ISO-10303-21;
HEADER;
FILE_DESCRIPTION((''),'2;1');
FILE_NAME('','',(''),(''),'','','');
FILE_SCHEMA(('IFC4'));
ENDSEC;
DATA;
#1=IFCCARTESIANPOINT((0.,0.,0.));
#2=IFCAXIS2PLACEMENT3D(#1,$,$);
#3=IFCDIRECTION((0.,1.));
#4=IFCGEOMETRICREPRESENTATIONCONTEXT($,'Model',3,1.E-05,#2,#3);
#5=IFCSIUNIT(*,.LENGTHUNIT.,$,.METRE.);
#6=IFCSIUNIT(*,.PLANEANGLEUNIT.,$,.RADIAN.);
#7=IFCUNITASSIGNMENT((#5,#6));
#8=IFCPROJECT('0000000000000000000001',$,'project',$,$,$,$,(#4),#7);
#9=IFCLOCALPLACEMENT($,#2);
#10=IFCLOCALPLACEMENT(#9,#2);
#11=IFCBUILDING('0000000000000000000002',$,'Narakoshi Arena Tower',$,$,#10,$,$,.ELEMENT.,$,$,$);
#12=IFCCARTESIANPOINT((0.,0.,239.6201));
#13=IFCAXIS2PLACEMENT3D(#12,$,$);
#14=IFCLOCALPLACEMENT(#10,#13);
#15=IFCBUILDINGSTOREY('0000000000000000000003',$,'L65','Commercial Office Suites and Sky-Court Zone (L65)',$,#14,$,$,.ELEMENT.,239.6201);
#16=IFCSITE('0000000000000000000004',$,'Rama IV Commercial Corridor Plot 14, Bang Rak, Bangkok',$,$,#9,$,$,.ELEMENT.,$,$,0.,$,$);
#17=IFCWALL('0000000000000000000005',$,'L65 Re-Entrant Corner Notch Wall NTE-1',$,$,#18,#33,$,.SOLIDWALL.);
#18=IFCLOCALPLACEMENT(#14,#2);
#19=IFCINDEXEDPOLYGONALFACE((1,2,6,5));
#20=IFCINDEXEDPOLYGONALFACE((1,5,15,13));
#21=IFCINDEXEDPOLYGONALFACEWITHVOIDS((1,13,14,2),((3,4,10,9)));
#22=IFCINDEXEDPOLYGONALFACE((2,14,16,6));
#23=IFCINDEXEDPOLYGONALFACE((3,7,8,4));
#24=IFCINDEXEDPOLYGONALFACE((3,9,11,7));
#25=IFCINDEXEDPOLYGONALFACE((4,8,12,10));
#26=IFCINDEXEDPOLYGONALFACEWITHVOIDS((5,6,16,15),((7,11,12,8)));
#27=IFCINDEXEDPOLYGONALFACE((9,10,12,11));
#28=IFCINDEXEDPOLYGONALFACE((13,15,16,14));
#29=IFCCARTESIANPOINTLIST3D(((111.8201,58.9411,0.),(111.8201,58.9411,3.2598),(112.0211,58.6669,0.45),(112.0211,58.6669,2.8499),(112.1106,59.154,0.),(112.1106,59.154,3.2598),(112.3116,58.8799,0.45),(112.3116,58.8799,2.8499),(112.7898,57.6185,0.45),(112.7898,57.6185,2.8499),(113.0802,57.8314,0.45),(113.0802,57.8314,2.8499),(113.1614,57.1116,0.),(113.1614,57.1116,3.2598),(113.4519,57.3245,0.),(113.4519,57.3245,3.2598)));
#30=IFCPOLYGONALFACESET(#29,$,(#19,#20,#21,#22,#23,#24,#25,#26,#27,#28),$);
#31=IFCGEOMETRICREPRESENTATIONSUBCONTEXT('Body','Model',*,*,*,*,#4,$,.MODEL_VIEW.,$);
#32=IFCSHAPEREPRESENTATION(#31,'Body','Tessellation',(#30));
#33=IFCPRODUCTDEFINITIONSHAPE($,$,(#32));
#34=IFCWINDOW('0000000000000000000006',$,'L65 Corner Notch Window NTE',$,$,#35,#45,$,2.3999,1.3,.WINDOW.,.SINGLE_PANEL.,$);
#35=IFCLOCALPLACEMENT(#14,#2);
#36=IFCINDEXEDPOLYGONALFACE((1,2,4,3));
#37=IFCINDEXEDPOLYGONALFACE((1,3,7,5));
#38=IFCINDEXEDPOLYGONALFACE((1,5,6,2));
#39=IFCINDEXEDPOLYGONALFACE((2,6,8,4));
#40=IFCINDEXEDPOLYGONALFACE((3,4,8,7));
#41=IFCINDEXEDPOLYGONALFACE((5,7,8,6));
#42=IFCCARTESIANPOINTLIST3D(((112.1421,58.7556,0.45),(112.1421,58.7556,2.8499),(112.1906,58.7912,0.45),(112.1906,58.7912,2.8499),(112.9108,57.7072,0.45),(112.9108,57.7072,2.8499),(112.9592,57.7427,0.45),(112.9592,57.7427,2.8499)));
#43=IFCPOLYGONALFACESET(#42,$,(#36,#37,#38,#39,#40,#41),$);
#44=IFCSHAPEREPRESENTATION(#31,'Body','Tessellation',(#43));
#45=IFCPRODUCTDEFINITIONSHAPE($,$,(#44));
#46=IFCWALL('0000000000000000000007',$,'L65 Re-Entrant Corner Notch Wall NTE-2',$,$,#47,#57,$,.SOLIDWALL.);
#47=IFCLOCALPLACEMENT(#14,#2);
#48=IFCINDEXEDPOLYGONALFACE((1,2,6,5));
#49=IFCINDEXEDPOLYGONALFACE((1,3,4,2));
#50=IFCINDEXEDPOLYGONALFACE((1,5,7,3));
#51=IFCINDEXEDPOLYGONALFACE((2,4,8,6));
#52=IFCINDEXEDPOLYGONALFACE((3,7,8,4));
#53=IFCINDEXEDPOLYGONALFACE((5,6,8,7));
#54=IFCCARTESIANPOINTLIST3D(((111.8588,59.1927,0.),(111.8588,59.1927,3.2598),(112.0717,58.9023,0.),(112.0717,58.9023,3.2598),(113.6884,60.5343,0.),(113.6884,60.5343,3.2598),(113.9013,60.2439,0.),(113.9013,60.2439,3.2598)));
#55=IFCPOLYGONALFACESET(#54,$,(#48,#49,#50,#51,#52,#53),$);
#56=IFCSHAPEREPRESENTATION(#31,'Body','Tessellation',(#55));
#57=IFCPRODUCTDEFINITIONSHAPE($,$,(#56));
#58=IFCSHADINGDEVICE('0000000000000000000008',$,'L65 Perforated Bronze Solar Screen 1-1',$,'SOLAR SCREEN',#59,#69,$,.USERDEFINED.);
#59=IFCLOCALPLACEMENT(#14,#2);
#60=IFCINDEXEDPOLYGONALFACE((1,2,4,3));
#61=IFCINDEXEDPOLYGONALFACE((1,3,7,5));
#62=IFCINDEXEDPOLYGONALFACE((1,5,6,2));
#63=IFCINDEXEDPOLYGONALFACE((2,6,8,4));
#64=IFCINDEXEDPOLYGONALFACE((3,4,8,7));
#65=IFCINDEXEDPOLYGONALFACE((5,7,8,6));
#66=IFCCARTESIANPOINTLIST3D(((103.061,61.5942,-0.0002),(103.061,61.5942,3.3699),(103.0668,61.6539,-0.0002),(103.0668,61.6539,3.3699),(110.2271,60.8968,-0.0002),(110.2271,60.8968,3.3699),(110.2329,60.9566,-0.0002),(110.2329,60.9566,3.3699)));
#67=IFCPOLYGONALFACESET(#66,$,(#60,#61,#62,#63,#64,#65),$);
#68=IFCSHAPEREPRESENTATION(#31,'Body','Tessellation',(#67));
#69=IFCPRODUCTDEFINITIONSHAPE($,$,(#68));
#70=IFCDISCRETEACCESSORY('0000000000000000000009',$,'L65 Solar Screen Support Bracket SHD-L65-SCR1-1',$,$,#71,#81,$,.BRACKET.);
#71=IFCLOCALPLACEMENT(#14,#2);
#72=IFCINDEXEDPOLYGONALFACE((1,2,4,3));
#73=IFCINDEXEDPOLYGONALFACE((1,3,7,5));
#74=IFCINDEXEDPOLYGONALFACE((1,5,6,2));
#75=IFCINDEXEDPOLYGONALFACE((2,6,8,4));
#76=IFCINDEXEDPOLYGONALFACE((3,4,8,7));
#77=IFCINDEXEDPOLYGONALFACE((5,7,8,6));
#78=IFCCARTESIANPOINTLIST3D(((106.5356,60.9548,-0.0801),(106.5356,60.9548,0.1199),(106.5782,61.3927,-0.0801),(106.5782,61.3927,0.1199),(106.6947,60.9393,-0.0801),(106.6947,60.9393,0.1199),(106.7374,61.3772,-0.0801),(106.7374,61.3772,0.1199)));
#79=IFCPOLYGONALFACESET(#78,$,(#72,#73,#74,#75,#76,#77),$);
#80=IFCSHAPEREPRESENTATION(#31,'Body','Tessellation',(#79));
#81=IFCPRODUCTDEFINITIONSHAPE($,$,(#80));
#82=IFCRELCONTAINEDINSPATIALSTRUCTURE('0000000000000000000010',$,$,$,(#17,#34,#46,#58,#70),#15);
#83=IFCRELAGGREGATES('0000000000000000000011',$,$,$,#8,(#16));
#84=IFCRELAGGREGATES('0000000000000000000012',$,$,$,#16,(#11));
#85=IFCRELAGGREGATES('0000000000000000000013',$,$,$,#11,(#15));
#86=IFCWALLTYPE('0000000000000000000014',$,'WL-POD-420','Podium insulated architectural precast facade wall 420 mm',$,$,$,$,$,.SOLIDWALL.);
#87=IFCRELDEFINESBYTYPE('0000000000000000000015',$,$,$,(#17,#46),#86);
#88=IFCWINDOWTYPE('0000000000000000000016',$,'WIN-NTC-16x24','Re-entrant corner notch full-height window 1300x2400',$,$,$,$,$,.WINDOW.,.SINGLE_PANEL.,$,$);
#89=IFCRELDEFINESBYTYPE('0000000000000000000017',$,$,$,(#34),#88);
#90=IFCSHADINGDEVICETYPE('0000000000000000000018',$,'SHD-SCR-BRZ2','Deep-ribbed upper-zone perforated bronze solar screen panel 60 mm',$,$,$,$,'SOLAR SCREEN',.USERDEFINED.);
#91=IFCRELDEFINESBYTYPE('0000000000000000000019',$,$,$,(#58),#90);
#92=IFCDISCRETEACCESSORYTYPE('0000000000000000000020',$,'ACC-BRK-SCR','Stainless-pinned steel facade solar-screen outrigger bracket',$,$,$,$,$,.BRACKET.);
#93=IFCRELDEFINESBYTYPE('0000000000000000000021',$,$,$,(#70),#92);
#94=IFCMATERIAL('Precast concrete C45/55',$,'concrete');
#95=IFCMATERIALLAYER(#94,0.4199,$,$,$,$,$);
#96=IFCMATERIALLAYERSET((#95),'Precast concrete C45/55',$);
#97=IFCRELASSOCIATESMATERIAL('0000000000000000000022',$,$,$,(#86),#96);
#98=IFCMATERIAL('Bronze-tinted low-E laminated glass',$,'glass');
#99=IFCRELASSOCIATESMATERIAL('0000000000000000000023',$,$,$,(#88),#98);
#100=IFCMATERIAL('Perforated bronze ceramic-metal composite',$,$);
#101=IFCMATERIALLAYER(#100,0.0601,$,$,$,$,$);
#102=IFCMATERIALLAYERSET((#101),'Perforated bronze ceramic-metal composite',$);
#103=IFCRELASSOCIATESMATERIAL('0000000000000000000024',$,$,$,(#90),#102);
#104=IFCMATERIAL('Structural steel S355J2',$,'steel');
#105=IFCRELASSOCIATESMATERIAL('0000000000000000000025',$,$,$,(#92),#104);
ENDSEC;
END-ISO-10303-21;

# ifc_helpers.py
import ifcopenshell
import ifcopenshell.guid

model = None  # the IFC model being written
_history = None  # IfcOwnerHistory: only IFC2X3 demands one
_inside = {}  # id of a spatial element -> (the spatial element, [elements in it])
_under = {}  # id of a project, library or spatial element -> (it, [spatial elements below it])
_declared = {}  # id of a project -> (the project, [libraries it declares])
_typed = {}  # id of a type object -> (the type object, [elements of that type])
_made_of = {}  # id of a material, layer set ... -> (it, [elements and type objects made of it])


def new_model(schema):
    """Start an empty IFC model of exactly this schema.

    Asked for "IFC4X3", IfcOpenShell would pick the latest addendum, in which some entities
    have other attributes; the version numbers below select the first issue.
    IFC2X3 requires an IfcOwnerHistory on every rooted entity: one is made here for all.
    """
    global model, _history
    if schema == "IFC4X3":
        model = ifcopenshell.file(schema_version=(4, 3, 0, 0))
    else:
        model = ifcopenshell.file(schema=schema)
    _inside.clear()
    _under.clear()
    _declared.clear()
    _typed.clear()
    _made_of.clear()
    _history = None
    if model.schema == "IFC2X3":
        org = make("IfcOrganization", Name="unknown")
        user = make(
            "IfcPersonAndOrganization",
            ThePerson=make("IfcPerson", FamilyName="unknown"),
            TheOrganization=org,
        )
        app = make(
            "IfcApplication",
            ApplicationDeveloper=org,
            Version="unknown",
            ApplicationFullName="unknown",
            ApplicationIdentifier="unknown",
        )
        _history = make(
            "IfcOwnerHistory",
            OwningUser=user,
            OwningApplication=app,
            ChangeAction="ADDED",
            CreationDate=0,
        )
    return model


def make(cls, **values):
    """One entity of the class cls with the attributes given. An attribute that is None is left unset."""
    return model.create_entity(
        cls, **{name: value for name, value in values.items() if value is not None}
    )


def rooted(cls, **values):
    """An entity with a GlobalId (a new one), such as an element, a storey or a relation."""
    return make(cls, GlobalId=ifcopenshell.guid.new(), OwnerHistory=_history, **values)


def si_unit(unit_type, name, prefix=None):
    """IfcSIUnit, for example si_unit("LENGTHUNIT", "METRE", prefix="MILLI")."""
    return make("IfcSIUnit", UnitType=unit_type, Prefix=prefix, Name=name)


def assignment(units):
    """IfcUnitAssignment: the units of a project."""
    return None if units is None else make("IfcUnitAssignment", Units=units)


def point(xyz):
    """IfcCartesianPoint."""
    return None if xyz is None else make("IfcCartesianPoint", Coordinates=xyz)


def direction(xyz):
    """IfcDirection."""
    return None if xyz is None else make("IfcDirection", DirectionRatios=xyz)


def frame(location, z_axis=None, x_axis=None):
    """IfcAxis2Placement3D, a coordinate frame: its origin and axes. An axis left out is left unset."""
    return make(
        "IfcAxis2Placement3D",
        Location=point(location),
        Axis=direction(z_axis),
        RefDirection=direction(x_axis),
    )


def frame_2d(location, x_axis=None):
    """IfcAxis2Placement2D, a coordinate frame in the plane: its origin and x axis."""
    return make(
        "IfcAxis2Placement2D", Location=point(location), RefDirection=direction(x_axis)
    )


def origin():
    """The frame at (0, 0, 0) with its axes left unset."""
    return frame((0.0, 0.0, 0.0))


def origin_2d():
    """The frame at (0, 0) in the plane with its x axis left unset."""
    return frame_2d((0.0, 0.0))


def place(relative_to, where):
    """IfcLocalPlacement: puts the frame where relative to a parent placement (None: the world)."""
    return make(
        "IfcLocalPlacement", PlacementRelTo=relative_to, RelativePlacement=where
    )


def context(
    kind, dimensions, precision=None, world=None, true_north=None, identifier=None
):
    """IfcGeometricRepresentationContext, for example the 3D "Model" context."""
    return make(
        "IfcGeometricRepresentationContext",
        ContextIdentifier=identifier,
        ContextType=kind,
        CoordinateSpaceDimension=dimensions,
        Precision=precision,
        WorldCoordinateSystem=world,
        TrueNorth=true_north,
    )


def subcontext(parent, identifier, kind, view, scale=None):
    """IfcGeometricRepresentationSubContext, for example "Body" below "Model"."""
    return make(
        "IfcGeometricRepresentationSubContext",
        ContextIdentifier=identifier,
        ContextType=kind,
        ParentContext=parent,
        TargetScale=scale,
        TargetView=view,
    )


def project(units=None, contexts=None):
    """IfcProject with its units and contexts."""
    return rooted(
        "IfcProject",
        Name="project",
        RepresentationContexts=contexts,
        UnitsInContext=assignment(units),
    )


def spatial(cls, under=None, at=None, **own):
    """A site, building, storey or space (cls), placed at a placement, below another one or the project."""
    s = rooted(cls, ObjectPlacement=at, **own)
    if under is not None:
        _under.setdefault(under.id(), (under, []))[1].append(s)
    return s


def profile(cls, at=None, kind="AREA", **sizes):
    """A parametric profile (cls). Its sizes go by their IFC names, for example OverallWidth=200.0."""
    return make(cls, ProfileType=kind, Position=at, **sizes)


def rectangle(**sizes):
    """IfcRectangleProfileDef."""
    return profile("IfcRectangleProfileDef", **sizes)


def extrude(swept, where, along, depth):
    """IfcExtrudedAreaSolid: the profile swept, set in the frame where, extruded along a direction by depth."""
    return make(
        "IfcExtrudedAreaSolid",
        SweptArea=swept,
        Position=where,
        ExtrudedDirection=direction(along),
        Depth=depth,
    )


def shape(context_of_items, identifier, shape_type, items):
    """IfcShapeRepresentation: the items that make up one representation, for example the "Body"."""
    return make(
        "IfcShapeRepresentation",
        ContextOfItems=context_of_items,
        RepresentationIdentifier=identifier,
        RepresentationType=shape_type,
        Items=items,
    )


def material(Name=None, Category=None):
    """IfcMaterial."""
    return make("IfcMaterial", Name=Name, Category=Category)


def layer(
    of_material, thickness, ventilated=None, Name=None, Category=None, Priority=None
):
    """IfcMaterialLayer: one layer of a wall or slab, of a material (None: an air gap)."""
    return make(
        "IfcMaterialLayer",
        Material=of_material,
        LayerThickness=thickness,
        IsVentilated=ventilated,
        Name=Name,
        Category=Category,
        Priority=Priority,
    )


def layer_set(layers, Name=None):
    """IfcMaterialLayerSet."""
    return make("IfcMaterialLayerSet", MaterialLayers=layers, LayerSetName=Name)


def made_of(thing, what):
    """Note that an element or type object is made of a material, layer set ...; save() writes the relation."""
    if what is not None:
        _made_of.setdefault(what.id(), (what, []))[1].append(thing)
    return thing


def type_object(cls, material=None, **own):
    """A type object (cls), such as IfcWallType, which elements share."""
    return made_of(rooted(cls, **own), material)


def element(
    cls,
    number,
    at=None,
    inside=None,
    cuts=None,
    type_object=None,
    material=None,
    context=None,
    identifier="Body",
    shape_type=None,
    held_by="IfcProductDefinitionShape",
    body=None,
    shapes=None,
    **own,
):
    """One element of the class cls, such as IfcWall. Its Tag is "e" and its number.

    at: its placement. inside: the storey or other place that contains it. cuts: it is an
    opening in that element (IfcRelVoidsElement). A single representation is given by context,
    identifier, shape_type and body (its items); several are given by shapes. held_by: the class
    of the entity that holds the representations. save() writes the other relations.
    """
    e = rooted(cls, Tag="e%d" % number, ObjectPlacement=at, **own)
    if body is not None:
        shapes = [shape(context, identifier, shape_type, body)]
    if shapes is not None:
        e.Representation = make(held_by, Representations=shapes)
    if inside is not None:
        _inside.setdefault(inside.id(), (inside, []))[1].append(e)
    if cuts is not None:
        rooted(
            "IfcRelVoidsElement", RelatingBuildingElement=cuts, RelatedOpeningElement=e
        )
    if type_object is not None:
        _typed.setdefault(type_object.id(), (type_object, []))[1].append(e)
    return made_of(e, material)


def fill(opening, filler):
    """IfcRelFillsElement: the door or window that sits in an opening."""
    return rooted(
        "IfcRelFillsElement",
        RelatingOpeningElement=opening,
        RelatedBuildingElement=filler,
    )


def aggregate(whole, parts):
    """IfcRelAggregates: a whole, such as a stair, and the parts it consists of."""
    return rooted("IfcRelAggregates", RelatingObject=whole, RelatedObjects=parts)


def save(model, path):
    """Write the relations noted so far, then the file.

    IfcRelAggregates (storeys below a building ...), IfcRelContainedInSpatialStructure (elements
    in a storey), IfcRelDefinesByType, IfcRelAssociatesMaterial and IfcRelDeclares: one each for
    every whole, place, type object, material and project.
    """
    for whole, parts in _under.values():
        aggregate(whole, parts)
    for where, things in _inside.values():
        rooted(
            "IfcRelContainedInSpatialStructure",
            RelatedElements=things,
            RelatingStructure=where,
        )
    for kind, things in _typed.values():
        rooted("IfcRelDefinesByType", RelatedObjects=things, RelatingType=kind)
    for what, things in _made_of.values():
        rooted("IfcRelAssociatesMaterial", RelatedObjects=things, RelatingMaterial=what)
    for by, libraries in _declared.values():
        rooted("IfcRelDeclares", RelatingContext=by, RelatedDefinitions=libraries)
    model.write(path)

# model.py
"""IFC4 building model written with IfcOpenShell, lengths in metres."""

from ifc_helpers import new_model, si_unit, direction, frame, frame_2d, origin, origin_2d, place, context, subcontext, project, spatial, rectangle, extrude, material, layer, layer_set, type_object, element, fill, save


model = new_model("IFC4")

# Units and contexts
model_context = context("Model", 3, precision=1e-05, world=origin(), true_north=direction((0.0, 1.0)))
body_context = subcontext(model_context, "Body", "Model", "MODEL_VIEW")
ifc_project = project(units=[si_unit("LENGTHUNIT", "METRE"), si_unit("PLANEANGLEUNIT", "RADIAN")], contexts=[model_context])

# Site, building, storey
site_placement = place(None, origin())
site = spatial("IfcSite", under=ifc_project, at=site_placement, Name="Rama IV Commercial Corridor Plot 14, Bang Rak, Bangkok", CompositionType="ELEMENT", RefElevation=0.0)
building_placement = place(site_placement, origin())
building = spatial("IfcBuilding", under=site, at=building_placement, Name="Narakoshi Arena Tower", CompositionType="ELEMENT")
storey_placement = place(building_placement, frame((0.0, 0.0, 239.6201)))
storey = spatial("IfcBuildingStorey", under=building, at=storey_placement, Name="L65", Description="Commercial Office Suites and Sky-Court Zone (L65)", CompositionType="ELEMENT", Elevation=239.6201)

# Shared definitions
ifc_material_1 = material(Name="Structural steel S355J2", Category="steel")

# Shared definitions
ifc_material_2 = material(Name="Bronze-tinted low-E laminated glass", Category="glass")

# Shared definitions
ifc_material_3 = material(Name="Precast concrete C45/55", Category="concrete")

# Wall, opening, window
ifc_layer_1 = layer(ifc_material_3, 0.4199)
ifc_layer_set_1 = layer_set([ifc_layer_1], Name="Precast concrete C45/55")
wall_type_1 = type_object("IfcWallType", Name="WL-POD-420", Description="Podium insulated architectural precast facade wall 420 mm", PredefinedType="SOLIDWALL", material=ifc_layer_set_1)
wall_1_placement = place(storey_placement, frame((113.3066, 57.218, 0.0), z_axis=(0.0, 0.0, 1.0), x_axis=(-0.591252, 0.806487, 0.0)))
wall_1 = element("IfcWall", 1, at=wall_1_placement, inside=storey, type_object=wall_type_1, Name="L65 Re-Entrant Corner Notch Wall NTE-1", PredefinedType="SOLIDWALL", context=body_context, shape_type="SweptSolid", body=[
    extrude(rectangle(XDim=2.2686, YDim=0.3601, at=frame_2d((1.1343, 0.0))), origin(), (0.0, 0.0, 1.0), 3.2598),
])
opening_1_placement = place(wall_1_placement, frame((0.6287, 0.0, 0.45)))
opening_1 = element("IfcOpeningElement", 2, at=opening_1_placement, cuts=wall_1, PredefinedType="OPENING", context=body_context, shape_type="SweptSolid", body=[
    extrude(rectangle(XDim=1.3, YDim=2.3999, at=frame_2d((0.6499, 1.2))), frame((0.0, 0.1899, 0.0), z_axis=(0.0, -1.0, 0.0), x_axis=(1.0, 0.0, 0.0)), (0.0, 0.0, 1.0), 0.3801),
])
window_type_1 = type_object("IfcWindowType", Name="WIN-NTC-16x24", Description="Re-entrant corner notch full-height window 1300x2400", PartitioningType="SINGLE_PANEL", PredefinedType="WINDOW", material=ifc_material_2)
window_1_placement = place(opening_1_placement, origin())
window_1 = element("IfcWindow", 3, at=window_1_placement, inside=storey, type_object=window_type_1, Name="L65 Corner Notch Window NTE", OverallHeight=2.3999, OverallWidth=1.3, PartitioningType="SINGLE_PANEL", PredefinedType="WINDOW", context=body_context, shape_type="SweptSolid", body=[
    extrude(rectangle(XDim=1.3, YDim=2.3999, at=frame_2d((0.6499, 1.2))), frame((0.0, 0.03, 0.0), z_axis=(0.0, -1.0, 0.0), x_axis=(1.0, 0.0, 0.0)), (0.0, 0.0, 1.0), 0.0601),
])
fill(opening_1, window_1)

# Wall
wall_2_placement = place(storey_placement, frame((111.9653, 59.0476, 0.0), z_axis=(0.0, 0.0, 1.0), x_axis=(0.806436, 0.591322, 0.0)))
element("IfcWall", 4, at=wall_2_placement, inside=storey, type_object=wall_type_1, Name="L65 Re-Entrant Corner Notch Wall NTE-2", PredefinedType="SOLIDWALL", context=body_context, shape_type="SweptSolid", body=[
    extrude(rectangle(XDim=2.2688, YDim=0.3601, at=frame_2d((1.1343, 0.0))), origin(), (0.0, 0.0, 1.0), 3.2598),
])

# Shading device
ifc_material_4 = material(Name="Perforated bronze ceramic-metal composite")
ifc_layer_2 = layer(ifc_material_4, 0.0601)
ifc_layer_set_2 = layer_set([ifc_layer_2], Name="Perforated bronze ceramic-metal composite")
shading_device_type = type_object("IfcShadingDeviceType", Name="SHD-SCR-BRZ2", Description="Deep-ribbed upper-zone perforated bronze solar screen panel 60 mm", ElementType="SOLAR SCREEN", PredefinedType="USERDEFINED", material=ifc_layer_set_2)
shading_device_placement = place(storey_placement, frame((106.647, 61.2754, -0.0002), z_axis=(0.0, 0.0, 1.0), x_axis=(-0.995299, 0.096853, 0.0)))
element("IfcShadingDevice", 5, at=shading_device_placement, inside=storey, type_object=shading_device_type, Name="L65 Perforated Bronze Solar Screen 1-1", ObjectType="SOLAR SCREEN", PredefinedType="USERDEFINED", context=body_context, shape_type="SweptSolid", body=[
    extrude(rectangle(XDim=7.2, YDim=0.0601, at=origin_2d()), origin(), (0.0, 0.0, 1.0), 3.3701),
])

# Discrete accessory
discrete_accessory_type = type_object("IfcDiscreteAccessoryType", Name="ACC-BRK-SCR", Description="Stainless-pinned steel facade solar-screen outrigger bracket", PredefinedType="BRACKET", material=ifc_material_1)
discrete_accessory_placement = place(storey_placement, frame((106.6365, 61.166, -0.0801), z_axis=(0.0, 0.0, 1.0), x_axis=(-0.995299, 0.096853, 0.0)))
element("IfcDiscreteAccessory", 6, at=discrete_accessory_placement, inside=storey, type_object=discrete_accessory_type, Name="L65 Solar Screen Support Bracket SHD-L65-SCR1-1", PredefinedType="BRACKET", context=body_context, shape_type="SweptSolid", body=[
    extrude(rectangle(XDim=0.1599, YDim=0.4399, at=origin_2d()), origin(), (0.0, 0.0, 1.0), 0.2),
])

save(model, "model.ifc")
